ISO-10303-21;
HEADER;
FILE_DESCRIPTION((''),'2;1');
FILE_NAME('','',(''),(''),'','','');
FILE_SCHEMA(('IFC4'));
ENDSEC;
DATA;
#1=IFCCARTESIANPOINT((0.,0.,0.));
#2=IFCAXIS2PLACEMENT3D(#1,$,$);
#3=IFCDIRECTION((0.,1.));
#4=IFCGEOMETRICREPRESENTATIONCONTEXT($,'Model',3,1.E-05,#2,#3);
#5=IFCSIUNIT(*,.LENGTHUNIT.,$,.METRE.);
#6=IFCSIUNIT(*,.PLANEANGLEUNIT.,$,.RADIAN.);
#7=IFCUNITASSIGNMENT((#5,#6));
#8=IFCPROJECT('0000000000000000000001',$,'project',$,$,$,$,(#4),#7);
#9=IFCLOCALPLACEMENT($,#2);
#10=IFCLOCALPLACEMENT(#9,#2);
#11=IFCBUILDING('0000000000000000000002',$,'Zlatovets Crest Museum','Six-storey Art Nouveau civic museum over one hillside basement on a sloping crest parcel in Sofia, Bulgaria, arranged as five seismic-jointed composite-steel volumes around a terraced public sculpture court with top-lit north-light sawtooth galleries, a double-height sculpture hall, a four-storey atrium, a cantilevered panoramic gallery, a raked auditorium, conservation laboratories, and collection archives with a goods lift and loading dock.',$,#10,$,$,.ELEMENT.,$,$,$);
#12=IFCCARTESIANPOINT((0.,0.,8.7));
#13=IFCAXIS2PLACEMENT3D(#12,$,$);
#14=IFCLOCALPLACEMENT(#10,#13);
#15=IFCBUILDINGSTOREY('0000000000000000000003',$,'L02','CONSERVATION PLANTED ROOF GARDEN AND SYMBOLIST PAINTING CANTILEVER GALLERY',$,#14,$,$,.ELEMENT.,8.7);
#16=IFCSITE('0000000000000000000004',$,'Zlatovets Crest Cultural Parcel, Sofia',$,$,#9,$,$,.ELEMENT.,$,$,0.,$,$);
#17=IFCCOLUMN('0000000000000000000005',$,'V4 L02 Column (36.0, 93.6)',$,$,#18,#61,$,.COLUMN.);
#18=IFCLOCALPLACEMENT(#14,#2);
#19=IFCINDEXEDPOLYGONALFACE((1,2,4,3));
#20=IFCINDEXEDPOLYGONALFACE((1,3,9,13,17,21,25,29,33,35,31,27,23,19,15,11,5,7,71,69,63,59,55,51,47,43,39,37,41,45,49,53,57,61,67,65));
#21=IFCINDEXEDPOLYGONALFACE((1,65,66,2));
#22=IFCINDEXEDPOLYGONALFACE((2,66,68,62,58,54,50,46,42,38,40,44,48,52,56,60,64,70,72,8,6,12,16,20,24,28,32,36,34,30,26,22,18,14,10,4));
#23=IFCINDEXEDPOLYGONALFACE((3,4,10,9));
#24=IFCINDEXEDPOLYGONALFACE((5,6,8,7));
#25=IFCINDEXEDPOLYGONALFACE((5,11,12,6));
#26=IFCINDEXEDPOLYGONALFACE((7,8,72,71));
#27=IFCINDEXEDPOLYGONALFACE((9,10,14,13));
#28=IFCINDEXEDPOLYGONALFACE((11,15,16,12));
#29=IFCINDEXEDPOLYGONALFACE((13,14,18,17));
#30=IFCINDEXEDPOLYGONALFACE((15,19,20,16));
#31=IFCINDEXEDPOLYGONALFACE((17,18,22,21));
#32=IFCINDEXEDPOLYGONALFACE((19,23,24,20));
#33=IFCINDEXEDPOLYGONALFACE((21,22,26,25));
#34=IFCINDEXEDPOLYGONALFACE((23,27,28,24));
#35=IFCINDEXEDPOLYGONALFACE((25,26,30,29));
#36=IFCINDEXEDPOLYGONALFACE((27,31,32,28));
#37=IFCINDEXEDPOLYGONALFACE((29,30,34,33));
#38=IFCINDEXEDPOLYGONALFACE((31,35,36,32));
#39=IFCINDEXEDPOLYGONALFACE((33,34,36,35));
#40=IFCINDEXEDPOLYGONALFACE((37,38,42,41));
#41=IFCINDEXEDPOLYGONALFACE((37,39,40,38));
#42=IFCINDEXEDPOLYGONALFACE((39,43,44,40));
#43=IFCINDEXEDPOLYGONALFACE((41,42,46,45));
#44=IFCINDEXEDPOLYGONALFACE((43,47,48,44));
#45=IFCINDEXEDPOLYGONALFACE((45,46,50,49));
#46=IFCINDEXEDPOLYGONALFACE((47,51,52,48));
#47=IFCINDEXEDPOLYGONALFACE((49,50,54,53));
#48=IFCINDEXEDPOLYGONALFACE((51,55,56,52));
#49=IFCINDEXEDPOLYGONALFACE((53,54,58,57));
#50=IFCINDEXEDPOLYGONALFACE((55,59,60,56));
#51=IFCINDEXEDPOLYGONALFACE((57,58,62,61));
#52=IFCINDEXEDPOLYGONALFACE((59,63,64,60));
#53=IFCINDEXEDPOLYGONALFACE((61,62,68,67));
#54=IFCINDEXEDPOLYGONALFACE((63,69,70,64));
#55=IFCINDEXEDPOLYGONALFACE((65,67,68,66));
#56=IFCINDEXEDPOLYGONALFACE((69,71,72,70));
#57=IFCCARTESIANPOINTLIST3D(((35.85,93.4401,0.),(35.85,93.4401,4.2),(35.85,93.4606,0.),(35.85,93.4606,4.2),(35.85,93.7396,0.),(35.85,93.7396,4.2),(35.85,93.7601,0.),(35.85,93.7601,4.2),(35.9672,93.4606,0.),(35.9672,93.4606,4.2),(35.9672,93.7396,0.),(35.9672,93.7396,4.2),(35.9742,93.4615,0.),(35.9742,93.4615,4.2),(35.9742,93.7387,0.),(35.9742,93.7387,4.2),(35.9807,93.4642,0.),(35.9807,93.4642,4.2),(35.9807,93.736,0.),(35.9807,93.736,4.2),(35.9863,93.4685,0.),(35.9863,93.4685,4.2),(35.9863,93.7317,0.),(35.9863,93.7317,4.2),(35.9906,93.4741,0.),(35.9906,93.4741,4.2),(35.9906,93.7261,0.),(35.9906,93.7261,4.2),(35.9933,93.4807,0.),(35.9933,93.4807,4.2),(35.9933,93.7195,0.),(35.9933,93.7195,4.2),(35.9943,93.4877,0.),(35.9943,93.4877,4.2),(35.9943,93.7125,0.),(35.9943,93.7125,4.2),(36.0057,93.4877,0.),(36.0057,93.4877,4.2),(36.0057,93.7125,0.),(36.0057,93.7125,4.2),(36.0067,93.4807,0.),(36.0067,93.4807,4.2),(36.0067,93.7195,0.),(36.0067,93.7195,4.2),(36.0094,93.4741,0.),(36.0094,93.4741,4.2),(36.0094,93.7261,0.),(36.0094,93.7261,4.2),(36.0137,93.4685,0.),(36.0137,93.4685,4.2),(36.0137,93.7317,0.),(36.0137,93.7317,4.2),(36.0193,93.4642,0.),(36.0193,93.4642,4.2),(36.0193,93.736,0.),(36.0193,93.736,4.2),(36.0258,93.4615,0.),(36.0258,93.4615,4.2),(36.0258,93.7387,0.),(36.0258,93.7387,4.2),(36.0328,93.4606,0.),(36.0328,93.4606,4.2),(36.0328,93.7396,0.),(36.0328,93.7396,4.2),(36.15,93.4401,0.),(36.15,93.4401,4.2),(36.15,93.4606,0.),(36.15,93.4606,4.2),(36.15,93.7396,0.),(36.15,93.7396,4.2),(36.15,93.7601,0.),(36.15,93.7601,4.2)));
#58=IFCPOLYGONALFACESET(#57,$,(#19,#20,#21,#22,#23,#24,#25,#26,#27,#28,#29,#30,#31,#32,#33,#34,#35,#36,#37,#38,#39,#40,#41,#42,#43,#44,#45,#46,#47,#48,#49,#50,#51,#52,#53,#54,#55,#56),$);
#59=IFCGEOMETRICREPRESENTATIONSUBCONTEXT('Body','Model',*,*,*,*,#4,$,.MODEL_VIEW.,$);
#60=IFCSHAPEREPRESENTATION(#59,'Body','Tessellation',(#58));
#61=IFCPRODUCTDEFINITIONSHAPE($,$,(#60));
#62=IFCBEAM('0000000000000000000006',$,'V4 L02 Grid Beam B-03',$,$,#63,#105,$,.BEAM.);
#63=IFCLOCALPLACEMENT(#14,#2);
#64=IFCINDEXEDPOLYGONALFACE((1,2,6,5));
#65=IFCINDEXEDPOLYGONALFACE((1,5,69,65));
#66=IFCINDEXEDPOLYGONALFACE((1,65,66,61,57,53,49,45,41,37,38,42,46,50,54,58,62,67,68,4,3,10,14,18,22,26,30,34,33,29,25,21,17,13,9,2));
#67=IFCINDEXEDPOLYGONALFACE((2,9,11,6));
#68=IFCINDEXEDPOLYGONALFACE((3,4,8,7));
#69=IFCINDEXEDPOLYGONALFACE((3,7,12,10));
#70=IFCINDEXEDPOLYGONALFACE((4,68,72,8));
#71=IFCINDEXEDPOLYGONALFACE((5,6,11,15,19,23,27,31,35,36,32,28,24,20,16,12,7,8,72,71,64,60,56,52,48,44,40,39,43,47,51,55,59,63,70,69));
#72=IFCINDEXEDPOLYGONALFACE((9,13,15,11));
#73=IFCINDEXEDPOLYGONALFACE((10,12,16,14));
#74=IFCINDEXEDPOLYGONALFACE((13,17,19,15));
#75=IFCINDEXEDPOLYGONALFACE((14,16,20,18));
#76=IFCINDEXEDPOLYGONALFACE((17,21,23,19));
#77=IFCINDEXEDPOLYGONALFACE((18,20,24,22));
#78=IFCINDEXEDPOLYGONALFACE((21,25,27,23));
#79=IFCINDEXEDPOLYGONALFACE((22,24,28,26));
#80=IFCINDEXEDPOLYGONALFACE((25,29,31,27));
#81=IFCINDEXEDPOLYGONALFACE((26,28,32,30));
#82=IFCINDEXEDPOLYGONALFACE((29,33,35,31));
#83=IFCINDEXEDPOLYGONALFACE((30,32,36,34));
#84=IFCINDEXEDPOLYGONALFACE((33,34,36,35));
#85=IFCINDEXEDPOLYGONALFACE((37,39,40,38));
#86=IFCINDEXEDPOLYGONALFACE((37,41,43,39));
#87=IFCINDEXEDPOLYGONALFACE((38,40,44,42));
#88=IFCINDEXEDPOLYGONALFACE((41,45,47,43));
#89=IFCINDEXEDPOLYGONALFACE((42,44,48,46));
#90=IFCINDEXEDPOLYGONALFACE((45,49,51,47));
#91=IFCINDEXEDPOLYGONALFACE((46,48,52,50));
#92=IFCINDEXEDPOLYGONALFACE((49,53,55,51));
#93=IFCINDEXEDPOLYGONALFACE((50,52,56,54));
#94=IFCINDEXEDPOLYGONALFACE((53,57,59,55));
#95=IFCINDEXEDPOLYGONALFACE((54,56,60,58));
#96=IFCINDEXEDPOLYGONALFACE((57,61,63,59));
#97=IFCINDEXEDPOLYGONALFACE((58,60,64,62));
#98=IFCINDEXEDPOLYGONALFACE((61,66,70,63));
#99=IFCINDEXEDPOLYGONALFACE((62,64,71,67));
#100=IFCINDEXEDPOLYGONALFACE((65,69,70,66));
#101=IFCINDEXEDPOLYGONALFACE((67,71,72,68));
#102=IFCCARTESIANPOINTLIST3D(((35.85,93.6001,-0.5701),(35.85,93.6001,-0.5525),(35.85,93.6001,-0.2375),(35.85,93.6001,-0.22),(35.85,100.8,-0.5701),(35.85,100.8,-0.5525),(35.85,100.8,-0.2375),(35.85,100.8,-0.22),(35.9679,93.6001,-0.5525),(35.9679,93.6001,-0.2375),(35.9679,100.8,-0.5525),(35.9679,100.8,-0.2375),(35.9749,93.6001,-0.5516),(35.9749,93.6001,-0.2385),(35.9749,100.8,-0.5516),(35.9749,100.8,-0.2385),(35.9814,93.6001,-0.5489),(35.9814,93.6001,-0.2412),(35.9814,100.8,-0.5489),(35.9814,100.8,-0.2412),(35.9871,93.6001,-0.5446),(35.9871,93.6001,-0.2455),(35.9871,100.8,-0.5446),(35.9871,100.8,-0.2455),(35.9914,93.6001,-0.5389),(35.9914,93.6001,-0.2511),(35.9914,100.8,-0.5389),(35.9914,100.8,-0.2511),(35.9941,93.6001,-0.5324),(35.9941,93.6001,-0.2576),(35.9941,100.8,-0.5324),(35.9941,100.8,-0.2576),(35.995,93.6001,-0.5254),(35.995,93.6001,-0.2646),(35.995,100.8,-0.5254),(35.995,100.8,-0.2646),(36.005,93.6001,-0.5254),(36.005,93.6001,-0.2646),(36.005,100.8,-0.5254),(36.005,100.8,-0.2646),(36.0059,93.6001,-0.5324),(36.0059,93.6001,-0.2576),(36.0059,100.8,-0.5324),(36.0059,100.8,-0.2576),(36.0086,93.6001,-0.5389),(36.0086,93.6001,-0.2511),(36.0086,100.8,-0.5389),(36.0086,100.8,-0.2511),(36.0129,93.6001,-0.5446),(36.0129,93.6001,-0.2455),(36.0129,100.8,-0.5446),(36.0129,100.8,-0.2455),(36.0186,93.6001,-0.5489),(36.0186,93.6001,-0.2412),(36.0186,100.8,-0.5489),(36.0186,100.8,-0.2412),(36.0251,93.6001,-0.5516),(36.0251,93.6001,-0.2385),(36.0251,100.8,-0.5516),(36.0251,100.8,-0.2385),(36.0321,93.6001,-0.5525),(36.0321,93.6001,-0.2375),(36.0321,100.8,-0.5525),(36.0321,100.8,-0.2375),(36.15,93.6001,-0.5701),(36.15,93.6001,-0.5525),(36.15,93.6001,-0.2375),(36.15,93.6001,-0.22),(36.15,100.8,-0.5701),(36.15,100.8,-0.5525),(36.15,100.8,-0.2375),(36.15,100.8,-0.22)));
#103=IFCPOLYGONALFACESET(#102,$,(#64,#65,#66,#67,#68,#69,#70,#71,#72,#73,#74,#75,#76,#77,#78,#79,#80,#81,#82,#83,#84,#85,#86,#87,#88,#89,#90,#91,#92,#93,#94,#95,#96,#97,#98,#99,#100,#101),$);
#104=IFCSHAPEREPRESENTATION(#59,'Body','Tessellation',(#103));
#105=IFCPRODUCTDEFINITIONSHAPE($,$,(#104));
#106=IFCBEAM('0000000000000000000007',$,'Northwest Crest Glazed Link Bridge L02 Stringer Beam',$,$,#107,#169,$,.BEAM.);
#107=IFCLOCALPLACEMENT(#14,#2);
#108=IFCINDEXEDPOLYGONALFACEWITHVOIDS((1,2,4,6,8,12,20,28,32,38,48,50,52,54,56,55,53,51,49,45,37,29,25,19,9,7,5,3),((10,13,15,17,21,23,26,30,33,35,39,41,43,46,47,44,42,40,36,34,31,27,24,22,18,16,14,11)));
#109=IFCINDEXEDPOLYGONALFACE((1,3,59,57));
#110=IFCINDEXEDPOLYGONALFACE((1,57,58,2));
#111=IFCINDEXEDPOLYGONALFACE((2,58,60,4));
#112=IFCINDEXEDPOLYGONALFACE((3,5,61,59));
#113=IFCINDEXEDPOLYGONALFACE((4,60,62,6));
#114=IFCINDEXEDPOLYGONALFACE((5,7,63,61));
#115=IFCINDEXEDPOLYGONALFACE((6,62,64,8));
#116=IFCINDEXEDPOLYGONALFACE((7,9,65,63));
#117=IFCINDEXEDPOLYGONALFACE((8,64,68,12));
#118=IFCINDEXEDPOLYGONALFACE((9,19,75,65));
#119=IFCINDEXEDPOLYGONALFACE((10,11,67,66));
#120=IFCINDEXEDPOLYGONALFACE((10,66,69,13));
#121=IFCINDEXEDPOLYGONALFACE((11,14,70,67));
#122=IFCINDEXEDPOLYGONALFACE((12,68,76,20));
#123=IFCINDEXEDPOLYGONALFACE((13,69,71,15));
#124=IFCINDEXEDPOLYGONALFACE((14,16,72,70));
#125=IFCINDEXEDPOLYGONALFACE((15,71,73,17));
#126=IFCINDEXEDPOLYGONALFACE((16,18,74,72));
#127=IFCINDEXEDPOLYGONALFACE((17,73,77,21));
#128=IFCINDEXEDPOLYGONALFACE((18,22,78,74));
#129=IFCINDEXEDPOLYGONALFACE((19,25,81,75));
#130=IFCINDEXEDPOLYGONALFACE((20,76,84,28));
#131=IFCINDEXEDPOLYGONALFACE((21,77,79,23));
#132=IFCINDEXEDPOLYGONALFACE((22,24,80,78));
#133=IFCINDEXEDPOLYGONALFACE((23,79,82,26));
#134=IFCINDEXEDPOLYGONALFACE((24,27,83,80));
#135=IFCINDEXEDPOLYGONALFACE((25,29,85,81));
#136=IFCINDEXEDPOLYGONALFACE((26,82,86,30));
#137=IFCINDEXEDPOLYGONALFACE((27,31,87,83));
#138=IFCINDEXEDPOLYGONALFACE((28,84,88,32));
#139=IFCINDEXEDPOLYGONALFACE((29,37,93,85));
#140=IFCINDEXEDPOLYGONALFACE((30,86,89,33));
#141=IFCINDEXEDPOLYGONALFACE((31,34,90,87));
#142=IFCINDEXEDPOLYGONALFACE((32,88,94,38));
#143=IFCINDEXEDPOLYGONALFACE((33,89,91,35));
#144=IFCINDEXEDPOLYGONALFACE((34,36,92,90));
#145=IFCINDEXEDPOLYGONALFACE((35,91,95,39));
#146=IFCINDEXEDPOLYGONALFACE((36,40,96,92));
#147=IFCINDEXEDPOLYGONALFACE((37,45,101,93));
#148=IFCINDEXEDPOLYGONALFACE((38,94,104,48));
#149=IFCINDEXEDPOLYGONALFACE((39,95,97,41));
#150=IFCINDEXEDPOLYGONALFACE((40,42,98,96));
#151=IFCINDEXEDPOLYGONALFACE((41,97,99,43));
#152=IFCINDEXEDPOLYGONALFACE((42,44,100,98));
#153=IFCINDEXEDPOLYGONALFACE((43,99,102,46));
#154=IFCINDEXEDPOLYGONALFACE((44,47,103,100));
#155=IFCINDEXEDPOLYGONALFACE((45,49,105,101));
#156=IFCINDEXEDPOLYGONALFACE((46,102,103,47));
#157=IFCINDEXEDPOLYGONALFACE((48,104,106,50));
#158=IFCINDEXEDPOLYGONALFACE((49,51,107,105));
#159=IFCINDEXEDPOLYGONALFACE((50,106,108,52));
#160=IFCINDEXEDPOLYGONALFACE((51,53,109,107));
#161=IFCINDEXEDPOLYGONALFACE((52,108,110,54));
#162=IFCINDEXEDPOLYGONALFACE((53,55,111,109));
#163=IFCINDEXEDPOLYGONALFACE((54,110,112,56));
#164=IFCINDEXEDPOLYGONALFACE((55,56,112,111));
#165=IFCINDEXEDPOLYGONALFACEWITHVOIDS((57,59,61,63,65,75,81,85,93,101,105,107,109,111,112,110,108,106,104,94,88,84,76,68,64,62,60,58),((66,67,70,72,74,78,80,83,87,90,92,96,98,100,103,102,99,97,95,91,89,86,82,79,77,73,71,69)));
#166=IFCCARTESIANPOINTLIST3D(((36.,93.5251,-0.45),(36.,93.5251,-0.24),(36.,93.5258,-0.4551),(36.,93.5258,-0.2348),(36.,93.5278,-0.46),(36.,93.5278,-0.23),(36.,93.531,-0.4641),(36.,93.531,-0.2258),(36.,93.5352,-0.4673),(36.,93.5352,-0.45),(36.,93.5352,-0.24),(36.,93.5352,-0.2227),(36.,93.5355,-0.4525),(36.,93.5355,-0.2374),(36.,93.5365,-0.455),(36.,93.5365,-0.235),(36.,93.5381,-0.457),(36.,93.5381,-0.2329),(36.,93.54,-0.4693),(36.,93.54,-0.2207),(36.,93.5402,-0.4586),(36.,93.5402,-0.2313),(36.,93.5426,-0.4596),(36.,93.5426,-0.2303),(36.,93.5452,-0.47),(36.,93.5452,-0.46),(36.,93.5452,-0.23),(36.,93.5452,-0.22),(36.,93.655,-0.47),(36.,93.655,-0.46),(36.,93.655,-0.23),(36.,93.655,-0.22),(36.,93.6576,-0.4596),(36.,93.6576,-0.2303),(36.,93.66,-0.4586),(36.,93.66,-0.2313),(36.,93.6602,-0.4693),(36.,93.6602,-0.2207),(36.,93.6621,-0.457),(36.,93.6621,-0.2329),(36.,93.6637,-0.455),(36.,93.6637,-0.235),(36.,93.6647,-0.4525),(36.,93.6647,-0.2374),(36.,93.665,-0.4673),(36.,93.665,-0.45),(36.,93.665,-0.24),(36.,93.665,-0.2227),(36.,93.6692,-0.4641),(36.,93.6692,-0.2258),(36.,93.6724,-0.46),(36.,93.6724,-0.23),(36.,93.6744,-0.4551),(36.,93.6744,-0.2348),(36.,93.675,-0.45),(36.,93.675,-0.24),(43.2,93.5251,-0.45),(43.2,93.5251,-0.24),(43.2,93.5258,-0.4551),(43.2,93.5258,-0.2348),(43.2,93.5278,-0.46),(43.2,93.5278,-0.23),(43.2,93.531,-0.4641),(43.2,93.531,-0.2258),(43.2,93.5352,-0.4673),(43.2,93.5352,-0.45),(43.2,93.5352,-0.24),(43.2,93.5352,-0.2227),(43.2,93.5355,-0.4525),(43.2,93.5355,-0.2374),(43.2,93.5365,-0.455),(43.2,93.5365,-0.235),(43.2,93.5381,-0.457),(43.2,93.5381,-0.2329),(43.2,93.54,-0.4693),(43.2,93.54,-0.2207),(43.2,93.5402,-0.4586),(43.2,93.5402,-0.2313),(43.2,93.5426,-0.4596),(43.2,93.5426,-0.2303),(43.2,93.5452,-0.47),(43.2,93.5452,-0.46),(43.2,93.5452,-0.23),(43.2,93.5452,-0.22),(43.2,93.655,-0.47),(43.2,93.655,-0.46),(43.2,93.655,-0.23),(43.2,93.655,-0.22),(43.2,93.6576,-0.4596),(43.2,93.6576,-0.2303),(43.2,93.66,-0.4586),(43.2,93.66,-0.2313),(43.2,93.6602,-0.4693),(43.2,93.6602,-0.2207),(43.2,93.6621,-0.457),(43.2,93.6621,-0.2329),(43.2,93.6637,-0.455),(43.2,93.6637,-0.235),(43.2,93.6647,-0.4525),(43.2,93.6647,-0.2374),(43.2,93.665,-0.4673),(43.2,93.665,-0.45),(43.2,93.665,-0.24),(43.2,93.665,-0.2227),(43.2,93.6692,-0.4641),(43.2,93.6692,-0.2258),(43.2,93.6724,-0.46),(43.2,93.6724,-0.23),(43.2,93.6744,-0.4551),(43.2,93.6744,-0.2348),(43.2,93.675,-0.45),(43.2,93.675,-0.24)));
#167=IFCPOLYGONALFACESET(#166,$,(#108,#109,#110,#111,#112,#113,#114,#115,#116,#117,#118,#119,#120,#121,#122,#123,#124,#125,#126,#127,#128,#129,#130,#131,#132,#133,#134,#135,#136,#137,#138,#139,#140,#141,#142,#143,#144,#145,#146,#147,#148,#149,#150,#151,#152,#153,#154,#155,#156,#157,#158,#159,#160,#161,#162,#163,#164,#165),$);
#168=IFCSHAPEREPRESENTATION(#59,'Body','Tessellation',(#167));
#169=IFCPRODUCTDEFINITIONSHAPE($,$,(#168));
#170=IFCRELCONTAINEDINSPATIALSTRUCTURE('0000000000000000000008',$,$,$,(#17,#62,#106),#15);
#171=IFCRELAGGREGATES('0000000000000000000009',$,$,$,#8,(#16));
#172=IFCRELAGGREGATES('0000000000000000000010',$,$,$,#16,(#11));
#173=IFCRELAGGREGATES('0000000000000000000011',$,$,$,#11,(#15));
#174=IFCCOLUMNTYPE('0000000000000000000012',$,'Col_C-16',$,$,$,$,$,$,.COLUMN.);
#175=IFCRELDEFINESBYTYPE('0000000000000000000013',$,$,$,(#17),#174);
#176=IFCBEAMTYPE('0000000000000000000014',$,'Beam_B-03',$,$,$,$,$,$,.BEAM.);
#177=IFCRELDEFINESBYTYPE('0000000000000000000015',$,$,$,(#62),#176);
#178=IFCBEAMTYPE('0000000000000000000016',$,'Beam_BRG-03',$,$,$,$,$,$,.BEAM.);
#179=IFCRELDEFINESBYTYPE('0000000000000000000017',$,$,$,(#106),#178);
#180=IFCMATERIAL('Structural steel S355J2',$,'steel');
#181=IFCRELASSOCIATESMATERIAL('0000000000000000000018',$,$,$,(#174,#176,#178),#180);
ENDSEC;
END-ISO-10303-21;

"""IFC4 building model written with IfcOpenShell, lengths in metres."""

from ifc_helpers import new_model, si_unit, direction, frame, origin, origin_2d, place, context, subcontext, project, spatial, hollow_rectangle, i_section, extrude, material, material_profile, profile_set, type_object, element, save


model = new_model("IFC4")

# Units and contexts
model_context = context("Model", 3, precision=1e-05, world=origin(), true_north=direction((0.0, 1.0)))
body_context = subcontext(model_context, "Body", "Model", "MODEL_VIEW")
ifc_project = project(units=[si_unit("LENGTHUNIT", "METRE"), si_unit("PLANEANGLEUNIT", "RADIAN")], contexts=[model_context])

# Site, building, storey
site_placement = place(None, origin())
site = spatial("IfcSite", under=ifc_project, at=site_placement, Name="Zlatovets Crest Cultural Parcel, Sofia", CompositionType="ELEMENT", RefElevation=0.0)
building_placement = place(site_placement, origin())
building = spatial("IfcBuilding", under=site, at=building_placement, Name="Zlatovets Crest Museum", Description="Six-storey Art Nouveau civic museum over one hillside basement on a sloping crest parcel in Sofia, Bulgaria, arranged as five seismic-jointed composite-steel volumes around a terraced public sculpture court with top-lit north-light sawtooth galleries, a double-height sculpture hall, a four-storey atrium, a cantilevered panoramic gallery, a raked auditorium, conservation laboratories, and collection archives with a goods lift and loading dock.", CompositionType="ELEMENT")
storey_placement = place(building_placement, frame((0.0, 0.0, 8.7)))
storey = spatial("IfcBuildingStorey", under=building, at=storey_placement, Name="L02", Description="CONSERVATION PLANTED ROOF GARDEN AND SYMBOLIST PAINTING CANTILEVER GALLERY", CompositionType="ELEMENT", Elevation=8.7)

# Column
ifc_material_1 = material(Name="Structural steel S355J2", Category="steel")
ifc_material_profile_1 = material_profile(ifc_material_1, i_section(OverallWidth=0.3, OverallDepth=0.3201, WebThickness=0.0115, FlangeThickness=0.0205, FilletRadius=0.0271, at=origin_2d()), Name="HEB 320")
ifc_profile_set_1 = profile_set([ifc_material_profile_1], Name="Structural steel S355J2")
column_type = type_object("IfcColumnType", Name="Col_C-16", PredefinedType="COLUMN", material=ifc_profile_set_1)
column_placement = place(storey_placement, frame((36.0, 93.6001, 0.0), z_axis=(0.0, 0.0, 1.0), x_axis=(1.0, 0.0, 0.0)))
element("IfcColumn", 1, at=column_placement, inside=storey, type_object=column_type, Name="V4 L02 Column (36.0, 93.6)", PredefinedType="COLUMN", context=body_context, shape_type="SweptSolid", body=[
    extrude(i_section(OverallWidth=0.3, OverallDepth=0.3201, WebThickness=0.0115, FlangeThickness=0.0205, FilletRadius=0.0271, at=origin_2d()), origin(), (0.0, 0.0, 1.0), 4.2),
])

# Beams
ifc_material_profile_2 = material_profile(ifc_material_1, i_section(OverallWidth=0.3, OverallDepth=0.3501, WebThickness=0.01, FlangeThickness=0.0176, FilletRadius=0.0271, at=origin_2d()), Name="HEA 360")
ifc_profile_set_2 = profile_set([ifc_material_profile_2], Name="Structural steel S355J2")
beam_type_1 = type_object("IfcBeamType", Name="Beam_B-03", PredefinedType="BEAM", material=ifc_profile_set_2)
beam_1_placement = place(storey_placement, frame((36.0, 93.6001, -0.395), z_axis=(0.0, 1.0, 0.0), x_axis=(-1.0, 0.0, 0.0)))
element("IfcBeam", 2, at=beam_1_placement, inside=storey, type_object=beam_type_1, Name="V4 L02 Grid Beam B-03", PredefinedType="BEAM", context=body_context, shape_type="SweptSolid", body=[
    extrude(i_section(OverallWidth=0.3, OverallDepth=0.3501, WebThickness=0.01, FlangeThickness=0.0176, FilletRadius=0.0271, at=origin_2d()), origin(), (0.0, 0.0, 1.0), 7.2),
])
ifc_material_profile_3 = material_profile(ifc_material_1, hollow_rectangle(XDim=0.1499, YDim=0.25, WallThickness=0.01, InnerFilletRadius=0.01, OuterFilletRadius=0.02, at=origin_2d()), Name="RHS 150x250x10.0")
ifc_profile_set_3 = profile_set([ifc_material_profile_3], Name="Structural steel S355J2")
beam_type_2 = type_object("IfcBeamType", Name="Beam_BRG-03", PredefinedType="BEAM", material=ifc_profile_set_3)
beam_2_placement = place(storey_placement, frame((36.0, 93.6001, -0.345), z_axis=(1.0, 0.0, 0.0), x_axis=(0.0, 1.0, 0.0)))
element("IfcBeam", 3, at=beam_2_placement, inside=storey, type_object=beam_type_2, Name="Northwest Crest Glazed Link Bridge L02 Stringer Beam", PredefinedType="BEAM", context=body_context, shape_type="SweptSolid", body=[
    extrude(hollow_rectangle(XDim=0.1499, YDim=0.25, WallThickness=0.01, InnerFilletRadius=0.01, OuterFilletRadius=0.02, at=origin_2d()), origin(), (0.0, 0.0, 1.0), 7.2),
])

save(model, "model.ifc")
